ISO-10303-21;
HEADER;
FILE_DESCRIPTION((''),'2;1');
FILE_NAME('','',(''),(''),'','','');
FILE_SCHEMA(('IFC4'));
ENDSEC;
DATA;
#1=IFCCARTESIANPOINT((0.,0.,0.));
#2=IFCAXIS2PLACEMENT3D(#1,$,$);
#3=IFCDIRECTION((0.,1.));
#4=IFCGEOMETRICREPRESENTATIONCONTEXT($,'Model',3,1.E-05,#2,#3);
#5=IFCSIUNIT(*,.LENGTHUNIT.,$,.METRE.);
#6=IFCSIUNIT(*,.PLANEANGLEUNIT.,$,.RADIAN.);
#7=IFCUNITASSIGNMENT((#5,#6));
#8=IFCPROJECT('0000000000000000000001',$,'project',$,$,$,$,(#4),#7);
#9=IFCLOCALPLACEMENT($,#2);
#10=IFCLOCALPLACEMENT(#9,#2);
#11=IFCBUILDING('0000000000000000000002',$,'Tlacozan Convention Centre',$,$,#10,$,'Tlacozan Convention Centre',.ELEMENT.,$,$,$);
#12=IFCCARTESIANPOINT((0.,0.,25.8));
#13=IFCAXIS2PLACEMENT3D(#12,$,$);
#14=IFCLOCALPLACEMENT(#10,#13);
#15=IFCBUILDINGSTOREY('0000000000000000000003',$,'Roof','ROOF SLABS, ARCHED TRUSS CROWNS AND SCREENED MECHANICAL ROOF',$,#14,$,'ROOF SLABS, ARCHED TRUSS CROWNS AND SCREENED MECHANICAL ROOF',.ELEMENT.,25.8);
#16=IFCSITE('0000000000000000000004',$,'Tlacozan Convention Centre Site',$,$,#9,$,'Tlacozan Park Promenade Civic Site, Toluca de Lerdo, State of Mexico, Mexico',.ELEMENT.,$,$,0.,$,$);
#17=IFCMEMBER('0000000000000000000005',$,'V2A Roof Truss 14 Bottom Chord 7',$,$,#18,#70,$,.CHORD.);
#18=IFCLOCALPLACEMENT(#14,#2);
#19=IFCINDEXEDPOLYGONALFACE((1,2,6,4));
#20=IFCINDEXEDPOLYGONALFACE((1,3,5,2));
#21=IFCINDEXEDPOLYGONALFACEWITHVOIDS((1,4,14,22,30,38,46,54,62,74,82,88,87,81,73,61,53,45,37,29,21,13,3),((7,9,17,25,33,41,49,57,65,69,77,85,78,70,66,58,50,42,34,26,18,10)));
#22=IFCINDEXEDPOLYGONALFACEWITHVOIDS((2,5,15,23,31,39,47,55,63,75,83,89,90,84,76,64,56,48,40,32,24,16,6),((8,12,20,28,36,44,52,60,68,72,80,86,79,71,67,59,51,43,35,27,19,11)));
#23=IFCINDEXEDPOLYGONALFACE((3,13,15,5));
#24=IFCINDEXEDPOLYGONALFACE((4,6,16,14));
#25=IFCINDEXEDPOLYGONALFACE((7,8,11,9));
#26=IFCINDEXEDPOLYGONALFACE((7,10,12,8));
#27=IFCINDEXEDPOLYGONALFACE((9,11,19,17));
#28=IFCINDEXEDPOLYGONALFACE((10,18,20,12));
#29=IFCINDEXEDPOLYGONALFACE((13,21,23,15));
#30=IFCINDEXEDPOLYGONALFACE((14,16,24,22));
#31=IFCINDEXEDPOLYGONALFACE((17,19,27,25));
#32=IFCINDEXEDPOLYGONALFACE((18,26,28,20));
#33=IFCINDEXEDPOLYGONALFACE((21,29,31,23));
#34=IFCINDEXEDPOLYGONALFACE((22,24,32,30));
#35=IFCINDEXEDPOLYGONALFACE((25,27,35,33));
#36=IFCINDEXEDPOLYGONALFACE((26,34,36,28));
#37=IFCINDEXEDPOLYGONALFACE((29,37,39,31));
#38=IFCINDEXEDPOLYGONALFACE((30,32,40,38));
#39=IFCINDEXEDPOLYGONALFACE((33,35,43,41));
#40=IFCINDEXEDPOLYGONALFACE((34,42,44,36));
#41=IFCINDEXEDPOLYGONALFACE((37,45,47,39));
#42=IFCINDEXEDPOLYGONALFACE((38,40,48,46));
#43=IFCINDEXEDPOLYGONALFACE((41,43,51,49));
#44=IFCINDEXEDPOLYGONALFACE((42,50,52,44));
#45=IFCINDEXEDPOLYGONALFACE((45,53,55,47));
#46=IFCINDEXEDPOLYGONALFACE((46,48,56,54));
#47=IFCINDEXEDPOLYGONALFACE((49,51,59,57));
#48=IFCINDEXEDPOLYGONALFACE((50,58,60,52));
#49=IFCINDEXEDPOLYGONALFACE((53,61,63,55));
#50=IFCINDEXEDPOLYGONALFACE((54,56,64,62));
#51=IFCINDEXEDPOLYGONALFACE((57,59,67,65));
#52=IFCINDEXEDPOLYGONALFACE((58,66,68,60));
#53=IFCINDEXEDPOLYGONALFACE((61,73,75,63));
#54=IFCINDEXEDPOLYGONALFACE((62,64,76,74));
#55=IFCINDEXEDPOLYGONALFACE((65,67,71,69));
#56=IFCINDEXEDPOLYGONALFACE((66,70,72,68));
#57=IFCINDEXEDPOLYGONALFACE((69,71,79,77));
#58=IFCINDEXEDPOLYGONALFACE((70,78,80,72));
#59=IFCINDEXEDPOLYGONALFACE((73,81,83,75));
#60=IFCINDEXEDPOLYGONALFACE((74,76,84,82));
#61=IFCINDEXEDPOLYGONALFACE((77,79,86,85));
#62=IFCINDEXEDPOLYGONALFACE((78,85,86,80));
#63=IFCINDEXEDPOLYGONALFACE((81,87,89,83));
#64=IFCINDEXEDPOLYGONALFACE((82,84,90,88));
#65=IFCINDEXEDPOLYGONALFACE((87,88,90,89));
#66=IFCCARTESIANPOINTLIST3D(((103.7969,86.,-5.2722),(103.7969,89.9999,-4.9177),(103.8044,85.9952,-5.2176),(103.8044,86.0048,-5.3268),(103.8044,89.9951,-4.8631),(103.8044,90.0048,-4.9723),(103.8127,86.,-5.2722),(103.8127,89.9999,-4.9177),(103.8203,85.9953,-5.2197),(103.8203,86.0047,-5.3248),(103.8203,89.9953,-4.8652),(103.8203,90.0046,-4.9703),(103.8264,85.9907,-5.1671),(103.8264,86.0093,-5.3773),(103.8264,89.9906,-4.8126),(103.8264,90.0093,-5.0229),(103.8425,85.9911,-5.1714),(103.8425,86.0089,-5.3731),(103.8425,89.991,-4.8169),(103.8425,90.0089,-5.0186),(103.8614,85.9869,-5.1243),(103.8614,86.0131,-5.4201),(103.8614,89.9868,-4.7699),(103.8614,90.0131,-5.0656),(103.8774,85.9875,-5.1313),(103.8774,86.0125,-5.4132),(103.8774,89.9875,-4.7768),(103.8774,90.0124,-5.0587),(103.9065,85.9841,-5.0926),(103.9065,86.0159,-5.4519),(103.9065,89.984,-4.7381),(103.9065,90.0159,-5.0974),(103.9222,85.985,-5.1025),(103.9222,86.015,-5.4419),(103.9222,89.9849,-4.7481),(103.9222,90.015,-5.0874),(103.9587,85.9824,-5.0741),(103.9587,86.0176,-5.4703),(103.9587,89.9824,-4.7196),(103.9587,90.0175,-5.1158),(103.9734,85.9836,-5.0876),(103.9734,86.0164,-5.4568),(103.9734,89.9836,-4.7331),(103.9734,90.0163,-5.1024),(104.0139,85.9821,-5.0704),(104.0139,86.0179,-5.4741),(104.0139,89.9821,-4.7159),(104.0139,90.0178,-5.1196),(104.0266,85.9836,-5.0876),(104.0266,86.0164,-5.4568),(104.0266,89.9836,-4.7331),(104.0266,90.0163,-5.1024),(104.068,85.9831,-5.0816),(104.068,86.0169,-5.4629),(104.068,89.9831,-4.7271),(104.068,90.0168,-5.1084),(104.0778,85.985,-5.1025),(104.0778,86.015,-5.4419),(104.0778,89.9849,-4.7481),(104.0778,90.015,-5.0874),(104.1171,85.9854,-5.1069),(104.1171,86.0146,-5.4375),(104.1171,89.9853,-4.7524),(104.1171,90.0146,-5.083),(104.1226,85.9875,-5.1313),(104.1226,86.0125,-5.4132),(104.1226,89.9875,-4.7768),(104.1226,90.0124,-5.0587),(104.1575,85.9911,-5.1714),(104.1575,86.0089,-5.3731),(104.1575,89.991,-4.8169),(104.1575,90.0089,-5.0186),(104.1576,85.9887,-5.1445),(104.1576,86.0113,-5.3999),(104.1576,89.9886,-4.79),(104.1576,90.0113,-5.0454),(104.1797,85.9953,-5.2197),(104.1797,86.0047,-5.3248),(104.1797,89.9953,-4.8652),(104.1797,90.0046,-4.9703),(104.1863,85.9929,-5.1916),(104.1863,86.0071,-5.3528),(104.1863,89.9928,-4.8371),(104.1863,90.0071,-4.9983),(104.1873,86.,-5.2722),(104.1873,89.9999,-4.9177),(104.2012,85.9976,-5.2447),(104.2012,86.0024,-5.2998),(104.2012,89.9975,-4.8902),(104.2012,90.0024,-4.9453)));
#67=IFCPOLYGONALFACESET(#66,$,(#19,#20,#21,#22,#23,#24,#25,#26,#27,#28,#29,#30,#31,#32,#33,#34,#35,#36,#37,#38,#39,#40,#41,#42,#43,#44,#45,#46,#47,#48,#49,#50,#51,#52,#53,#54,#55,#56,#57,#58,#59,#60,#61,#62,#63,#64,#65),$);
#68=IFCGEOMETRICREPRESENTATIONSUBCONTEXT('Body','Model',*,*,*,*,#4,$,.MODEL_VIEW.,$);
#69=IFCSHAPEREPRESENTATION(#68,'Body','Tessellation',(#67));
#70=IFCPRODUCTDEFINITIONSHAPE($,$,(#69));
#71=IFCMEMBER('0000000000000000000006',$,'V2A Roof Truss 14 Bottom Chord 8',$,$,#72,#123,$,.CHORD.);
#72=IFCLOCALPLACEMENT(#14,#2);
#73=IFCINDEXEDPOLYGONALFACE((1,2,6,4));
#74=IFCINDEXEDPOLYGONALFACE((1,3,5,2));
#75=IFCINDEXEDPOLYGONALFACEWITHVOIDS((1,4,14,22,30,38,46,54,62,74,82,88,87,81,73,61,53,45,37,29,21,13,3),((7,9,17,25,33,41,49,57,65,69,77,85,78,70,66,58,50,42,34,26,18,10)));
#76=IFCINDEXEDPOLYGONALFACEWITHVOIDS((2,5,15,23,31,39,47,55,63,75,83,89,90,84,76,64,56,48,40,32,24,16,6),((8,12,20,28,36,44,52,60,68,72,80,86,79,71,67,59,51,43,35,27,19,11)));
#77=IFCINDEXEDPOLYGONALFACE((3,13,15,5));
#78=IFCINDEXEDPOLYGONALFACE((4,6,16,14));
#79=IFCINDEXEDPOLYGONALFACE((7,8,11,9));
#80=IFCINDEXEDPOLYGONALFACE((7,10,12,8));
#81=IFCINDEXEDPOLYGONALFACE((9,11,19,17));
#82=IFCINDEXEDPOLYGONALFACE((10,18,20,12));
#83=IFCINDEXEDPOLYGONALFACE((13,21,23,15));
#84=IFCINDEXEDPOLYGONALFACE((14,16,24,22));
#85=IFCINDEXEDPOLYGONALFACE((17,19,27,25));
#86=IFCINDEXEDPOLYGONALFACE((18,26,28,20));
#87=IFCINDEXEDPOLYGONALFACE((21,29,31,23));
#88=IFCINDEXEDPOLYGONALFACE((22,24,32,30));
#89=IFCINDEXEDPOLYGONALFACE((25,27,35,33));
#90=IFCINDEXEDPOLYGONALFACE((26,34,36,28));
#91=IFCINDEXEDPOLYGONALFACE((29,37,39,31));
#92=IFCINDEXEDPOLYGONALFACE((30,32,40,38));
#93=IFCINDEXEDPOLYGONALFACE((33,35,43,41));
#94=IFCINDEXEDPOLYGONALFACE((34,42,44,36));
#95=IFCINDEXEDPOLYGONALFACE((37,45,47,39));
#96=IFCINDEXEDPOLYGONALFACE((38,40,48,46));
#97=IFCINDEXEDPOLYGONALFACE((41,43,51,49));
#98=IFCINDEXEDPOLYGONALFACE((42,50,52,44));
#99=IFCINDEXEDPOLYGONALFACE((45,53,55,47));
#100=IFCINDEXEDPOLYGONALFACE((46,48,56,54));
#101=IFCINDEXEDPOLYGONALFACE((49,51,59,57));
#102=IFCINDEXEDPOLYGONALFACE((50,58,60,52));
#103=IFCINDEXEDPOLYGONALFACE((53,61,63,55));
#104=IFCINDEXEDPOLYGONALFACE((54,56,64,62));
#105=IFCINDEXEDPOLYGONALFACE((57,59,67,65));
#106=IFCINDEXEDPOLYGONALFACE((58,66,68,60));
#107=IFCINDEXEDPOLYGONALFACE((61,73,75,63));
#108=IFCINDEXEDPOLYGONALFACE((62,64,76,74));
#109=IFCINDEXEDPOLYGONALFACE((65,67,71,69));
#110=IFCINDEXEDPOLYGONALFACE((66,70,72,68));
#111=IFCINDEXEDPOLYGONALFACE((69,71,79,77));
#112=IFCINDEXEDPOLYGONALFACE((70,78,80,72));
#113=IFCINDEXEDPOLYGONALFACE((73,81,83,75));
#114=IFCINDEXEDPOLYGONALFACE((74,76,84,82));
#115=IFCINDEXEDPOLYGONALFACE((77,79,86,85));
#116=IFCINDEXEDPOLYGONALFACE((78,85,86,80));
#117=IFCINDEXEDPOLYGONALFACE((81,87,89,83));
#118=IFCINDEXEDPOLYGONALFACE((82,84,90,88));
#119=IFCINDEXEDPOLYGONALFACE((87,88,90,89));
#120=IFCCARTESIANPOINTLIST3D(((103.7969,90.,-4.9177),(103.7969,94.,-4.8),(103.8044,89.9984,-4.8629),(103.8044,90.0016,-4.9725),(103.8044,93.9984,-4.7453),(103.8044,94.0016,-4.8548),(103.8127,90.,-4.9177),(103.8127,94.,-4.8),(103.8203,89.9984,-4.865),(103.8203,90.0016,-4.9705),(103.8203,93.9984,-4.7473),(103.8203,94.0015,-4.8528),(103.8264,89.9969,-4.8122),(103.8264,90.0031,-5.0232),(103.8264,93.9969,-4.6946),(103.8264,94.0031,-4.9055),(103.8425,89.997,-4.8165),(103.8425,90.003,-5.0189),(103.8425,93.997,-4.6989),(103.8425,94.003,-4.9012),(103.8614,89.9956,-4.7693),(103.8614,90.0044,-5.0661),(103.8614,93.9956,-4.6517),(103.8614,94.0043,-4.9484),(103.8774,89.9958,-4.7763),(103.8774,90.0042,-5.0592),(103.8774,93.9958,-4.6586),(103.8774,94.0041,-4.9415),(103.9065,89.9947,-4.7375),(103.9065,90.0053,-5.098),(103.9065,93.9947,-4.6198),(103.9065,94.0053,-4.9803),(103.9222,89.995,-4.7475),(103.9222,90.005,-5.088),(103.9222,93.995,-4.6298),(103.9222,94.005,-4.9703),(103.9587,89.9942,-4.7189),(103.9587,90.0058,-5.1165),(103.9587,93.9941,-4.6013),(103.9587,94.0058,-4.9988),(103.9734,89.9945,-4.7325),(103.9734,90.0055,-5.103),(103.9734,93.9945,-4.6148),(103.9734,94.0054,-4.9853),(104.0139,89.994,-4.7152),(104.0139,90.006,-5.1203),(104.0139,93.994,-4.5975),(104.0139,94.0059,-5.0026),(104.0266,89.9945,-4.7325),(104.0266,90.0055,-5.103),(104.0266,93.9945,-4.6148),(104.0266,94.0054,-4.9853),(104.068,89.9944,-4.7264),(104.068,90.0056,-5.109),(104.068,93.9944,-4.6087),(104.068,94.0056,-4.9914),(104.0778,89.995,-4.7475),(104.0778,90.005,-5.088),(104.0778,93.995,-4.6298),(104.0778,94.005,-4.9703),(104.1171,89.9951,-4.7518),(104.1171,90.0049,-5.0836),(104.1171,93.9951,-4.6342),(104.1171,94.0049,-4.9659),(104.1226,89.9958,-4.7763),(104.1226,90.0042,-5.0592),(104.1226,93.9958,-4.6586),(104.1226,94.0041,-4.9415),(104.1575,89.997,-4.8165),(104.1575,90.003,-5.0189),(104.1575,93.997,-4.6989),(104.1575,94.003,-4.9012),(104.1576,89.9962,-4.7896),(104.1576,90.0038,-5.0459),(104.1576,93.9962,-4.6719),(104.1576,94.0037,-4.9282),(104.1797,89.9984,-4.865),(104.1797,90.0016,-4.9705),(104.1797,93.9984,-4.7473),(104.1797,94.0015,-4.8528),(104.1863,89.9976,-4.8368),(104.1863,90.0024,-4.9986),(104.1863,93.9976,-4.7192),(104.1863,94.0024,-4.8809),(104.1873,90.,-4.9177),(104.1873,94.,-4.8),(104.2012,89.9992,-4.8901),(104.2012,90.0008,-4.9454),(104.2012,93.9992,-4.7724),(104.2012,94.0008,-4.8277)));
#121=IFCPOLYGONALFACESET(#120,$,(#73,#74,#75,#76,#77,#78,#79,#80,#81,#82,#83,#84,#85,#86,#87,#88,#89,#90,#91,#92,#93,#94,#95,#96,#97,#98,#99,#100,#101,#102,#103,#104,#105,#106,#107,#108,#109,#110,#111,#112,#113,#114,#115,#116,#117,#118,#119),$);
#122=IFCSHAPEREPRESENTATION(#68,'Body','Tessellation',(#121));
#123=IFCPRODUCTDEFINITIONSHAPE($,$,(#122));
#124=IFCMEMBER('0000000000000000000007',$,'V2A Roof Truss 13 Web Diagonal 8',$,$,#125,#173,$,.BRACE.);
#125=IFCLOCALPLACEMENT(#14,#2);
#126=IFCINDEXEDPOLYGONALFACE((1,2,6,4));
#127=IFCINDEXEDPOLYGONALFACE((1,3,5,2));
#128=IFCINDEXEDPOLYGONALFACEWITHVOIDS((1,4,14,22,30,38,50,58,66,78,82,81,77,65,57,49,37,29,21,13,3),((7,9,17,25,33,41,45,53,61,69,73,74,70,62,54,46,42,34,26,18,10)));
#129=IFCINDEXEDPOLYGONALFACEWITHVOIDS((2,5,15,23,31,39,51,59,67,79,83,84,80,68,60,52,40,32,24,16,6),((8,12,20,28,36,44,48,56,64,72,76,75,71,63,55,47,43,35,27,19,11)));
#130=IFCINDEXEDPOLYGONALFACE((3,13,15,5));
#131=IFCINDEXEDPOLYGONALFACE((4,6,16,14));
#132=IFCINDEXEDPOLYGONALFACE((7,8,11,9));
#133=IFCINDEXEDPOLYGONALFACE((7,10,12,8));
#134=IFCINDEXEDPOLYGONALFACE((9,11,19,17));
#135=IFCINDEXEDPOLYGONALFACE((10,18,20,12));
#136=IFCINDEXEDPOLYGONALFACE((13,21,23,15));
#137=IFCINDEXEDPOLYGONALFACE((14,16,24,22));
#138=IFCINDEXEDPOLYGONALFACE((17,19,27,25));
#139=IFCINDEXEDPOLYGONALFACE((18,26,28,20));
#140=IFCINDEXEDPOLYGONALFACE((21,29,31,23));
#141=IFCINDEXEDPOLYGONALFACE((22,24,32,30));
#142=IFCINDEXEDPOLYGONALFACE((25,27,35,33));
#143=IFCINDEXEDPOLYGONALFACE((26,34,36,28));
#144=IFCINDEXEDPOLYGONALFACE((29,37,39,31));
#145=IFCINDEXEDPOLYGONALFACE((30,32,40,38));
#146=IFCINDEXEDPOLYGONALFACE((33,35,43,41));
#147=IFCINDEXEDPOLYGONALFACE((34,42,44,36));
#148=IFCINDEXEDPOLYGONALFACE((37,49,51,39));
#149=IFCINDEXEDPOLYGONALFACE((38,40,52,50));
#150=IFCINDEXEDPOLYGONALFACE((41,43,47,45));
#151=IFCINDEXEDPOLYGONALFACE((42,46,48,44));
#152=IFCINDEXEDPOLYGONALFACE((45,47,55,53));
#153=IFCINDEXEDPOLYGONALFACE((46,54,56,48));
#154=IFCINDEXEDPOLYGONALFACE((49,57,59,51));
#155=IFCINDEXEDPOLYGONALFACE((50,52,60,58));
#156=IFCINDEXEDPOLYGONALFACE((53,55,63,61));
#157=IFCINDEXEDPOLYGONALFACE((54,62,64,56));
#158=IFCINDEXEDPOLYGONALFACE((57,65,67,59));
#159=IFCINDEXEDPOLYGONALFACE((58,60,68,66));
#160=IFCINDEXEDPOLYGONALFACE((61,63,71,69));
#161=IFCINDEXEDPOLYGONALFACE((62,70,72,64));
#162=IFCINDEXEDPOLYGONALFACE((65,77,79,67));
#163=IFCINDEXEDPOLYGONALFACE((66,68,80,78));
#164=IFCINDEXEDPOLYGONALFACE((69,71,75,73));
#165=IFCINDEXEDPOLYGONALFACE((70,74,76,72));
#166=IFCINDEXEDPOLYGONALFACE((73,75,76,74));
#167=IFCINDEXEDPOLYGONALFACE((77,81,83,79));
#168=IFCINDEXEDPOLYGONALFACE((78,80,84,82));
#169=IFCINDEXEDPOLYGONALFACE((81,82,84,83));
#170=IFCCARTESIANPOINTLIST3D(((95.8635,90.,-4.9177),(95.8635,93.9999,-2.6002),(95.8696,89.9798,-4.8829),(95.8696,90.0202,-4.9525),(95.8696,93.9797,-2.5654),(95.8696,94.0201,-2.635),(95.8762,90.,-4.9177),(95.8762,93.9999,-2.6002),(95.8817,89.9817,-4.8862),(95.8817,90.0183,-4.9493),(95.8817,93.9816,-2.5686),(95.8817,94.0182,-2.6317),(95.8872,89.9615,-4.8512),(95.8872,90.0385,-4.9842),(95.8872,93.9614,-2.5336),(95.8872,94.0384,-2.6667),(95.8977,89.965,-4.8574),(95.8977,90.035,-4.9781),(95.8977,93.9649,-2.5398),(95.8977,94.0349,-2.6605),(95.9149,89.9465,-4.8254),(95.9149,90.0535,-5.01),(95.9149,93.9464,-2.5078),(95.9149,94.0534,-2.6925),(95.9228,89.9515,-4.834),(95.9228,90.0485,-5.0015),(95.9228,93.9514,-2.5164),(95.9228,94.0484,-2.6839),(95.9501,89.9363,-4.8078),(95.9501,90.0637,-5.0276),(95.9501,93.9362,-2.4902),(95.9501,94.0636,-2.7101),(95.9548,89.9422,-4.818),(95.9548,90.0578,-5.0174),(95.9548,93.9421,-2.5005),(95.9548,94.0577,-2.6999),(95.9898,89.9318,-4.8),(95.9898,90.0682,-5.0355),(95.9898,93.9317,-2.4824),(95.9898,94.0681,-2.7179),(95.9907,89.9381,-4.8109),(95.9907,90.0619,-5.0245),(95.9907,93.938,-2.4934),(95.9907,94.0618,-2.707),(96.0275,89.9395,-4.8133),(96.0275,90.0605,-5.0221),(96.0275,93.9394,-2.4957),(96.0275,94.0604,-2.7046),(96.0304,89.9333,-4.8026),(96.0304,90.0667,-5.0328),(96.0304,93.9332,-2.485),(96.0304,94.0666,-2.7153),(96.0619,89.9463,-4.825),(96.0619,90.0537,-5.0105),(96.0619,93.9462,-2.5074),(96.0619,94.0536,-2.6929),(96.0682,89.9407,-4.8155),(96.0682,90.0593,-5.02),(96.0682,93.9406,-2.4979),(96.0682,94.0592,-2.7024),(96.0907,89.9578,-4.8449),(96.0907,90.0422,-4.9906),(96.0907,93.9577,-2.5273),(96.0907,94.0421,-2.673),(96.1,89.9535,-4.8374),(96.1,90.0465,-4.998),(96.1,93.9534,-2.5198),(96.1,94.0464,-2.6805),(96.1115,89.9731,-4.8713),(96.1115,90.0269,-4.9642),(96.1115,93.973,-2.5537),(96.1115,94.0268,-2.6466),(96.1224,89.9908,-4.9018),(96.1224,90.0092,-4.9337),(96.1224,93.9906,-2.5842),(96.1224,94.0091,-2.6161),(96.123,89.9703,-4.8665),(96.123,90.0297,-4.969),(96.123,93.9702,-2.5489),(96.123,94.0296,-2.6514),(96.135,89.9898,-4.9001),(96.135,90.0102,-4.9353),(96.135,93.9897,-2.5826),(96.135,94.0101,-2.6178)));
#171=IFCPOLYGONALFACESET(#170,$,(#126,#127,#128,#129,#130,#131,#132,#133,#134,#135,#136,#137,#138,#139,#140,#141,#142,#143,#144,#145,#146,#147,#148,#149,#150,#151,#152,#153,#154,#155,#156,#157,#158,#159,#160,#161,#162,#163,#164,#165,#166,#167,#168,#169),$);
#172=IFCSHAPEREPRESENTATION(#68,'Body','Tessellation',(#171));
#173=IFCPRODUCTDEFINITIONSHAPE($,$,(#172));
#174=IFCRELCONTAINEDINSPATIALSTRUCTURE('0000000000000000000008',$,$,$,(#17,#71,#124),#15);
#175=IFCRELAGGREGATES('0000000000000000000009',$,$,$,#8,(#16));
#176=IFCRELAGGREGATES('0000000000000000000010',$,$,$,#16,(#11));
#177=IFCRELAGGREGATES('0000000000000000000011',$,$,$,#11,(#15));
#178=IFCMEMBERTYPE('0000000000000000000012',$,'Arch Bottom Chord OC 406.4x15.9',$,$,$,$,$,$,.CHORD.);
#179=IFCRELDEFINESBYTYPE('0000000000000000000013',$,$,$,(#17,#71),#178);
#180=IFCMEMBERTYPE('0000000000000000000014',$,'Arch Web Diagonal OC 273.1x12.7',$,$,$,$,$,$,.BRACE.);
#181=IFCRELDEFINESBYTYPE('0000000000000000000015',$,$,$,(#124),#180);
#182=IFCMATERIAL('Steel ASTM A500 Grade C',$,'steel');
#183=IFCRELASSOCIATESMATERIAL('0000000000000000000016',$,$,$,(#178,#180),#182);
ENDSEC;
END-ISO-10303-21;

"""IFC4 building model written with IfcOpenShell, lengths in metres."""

from ifc_helpers import new_model, si_unit, direction, frame, origin, origin_2d, place, context, subcontext, project, spatial, hollow_circle, extrude, material, material_profile, profile_set, type_object, element, save


model = new_model("IFC4")

# Units and contexts
model_context = context("Model", 3, precision=1e-05, world=origin(), true_north=direction((0.0, 1.0)))
body_context = subcontext(model_context, "Body", "Model", "MODEL_VIEW")
ifc_project = project(units=[si_unit("LENGTHUNIT", "METRE"), si_unit("PLANEANGLEUNIT", "RADIAN")], contexts=[model_context])

# Site, building, storey
site_placement = place(None, origin())
site = spatial("IfcSite", under=ifc_project, at=site_placement, Name="Tlacozan Convention Centre Site", LongName="Tlacozan Park Promenade Civic Site, Toluca de Lerdo, State of Mexico, Mexico", CompositionType="ELEMENT", RefElevation=0.0)
building_placement = place(site_placement, origin())
building = spatial("IfcBuilding", under=site, at=building_placement, Name="Tlacozan Convention Centre", LongName="Tlacozan Convention Centre", CompositionType="ELEMENT")
storey_placement = place(building_placement, frame((0.0, 0.0, 25.8)))
storey = spatial("IfcBuildingStorey", under=building, at=storey_placement, Name="Roof", Description="ROOF SLABS, ARCHED TRUSS CROWNS AND SCREENED MECHANICAL ROOF", LongName="ROOF SLABS, ARCHED TRUSS CROWNS AND SCREENED MECHANICAL ROOF", CompositionType="ELEMENT", Elevation=25.8)

# Members
ifc_material_1 = material(Name="Steel ASTM A500 Grade C", Category="steel")
ifc_material_profile_1 = material_profile(ifc_material_1, hollow_circle(Radius=0.2031, WallThickness=0.0159, at=origin_2d()), Name="OC 406.4x15.9")
ifc_profile_set_1 = profile_set([ifc_material_profile_1], Name="Steel ASTM A500 Grade C")
member_type_1 = type_object("IfcMemberType", Name="Arch Bottom Chord OC 406.4x15.9", PredefinedType="CHORD", material=ifc_profile_set_1)
member_1_placement = place(storey_placement, frame((104.0, 86.0, -5.2722), z_axis=(0.0, 0.996096, 0.088277), x_axis=(-1.0, 0.0, 0.0)))
element("IfcMember", 1, at=member_1_placement, inside=storey, type_object=member_type_1, Name="V2A Roof Truss 14 Bottom Chord 7", PredefinedType="CHORD", context=body_context, shape_type="SweptSolid", body=[
    extrude(hollow_circle(Radius=0.2031, WallThickness=0.0159, at=origin_2d()), origin(), (0.0, 0.0, 1.0), 4.0156),
])
member_2_placement = place(storey_placement, frame((104.0, 90.0, -4.9177), z_axis=(0.0, 0.999568, 0.029406), x_axis=(-1.0, 0.0, 0.0)))
element("IfcMember", 2, at=member_2_placement, inside=storey, type_object=member_type_1, Name="V2A Roof Truss 14 Bottom Chord 8", PredefinedType="CHORD", context=body_context, shape_type="SweptSolid", body=[
    extrude(hollow_circle(Radius=0.2031, WallThickness=0.0159, at=origin_2d()), origin(), (0.0, 0.0, 1.0), 4.0017),
])
ifc_material_profile_2 = material_profile(ifc_material_1, hollow_circle(Radius=0.1365, WallThickness=0.0127, at=origin_2d()), Name="OC 273.1x12.7")
ifc_profile_set_2 = profile_set([ifc_material_profile_2], Name="Steel ASTM A500 Grade C")
member_type_2 = type_object("IfcMemberType", Name="Arch Web Diagonal OC 273.1x12.7", PredefinedType="BRACE", material=ifc_profile_set_2)
member_3_placement = place(storey_placement, frame((96.0, 90.0, -4.9177), z_axis=(0.0, 0.865254, 0.501334), x_axis=(-1.0, 0.0, 0.0)))
element("IfcMember", 3, at=member_3_placement, inside=storey, type_object=member_type_2, Name="V2A Roof Truss 13 Web Diagonal 8", PredefinedType="BRACE", context=body_context, shape_type="SweptSolid", body=[
    extrude(hollow_circle(Radius=0.1365, WallThickness=0.0127, at=origin_2d()), origin(), (0.0, 0.0, 1.0), 4.6228),
])

save(model, "model.ifc")
